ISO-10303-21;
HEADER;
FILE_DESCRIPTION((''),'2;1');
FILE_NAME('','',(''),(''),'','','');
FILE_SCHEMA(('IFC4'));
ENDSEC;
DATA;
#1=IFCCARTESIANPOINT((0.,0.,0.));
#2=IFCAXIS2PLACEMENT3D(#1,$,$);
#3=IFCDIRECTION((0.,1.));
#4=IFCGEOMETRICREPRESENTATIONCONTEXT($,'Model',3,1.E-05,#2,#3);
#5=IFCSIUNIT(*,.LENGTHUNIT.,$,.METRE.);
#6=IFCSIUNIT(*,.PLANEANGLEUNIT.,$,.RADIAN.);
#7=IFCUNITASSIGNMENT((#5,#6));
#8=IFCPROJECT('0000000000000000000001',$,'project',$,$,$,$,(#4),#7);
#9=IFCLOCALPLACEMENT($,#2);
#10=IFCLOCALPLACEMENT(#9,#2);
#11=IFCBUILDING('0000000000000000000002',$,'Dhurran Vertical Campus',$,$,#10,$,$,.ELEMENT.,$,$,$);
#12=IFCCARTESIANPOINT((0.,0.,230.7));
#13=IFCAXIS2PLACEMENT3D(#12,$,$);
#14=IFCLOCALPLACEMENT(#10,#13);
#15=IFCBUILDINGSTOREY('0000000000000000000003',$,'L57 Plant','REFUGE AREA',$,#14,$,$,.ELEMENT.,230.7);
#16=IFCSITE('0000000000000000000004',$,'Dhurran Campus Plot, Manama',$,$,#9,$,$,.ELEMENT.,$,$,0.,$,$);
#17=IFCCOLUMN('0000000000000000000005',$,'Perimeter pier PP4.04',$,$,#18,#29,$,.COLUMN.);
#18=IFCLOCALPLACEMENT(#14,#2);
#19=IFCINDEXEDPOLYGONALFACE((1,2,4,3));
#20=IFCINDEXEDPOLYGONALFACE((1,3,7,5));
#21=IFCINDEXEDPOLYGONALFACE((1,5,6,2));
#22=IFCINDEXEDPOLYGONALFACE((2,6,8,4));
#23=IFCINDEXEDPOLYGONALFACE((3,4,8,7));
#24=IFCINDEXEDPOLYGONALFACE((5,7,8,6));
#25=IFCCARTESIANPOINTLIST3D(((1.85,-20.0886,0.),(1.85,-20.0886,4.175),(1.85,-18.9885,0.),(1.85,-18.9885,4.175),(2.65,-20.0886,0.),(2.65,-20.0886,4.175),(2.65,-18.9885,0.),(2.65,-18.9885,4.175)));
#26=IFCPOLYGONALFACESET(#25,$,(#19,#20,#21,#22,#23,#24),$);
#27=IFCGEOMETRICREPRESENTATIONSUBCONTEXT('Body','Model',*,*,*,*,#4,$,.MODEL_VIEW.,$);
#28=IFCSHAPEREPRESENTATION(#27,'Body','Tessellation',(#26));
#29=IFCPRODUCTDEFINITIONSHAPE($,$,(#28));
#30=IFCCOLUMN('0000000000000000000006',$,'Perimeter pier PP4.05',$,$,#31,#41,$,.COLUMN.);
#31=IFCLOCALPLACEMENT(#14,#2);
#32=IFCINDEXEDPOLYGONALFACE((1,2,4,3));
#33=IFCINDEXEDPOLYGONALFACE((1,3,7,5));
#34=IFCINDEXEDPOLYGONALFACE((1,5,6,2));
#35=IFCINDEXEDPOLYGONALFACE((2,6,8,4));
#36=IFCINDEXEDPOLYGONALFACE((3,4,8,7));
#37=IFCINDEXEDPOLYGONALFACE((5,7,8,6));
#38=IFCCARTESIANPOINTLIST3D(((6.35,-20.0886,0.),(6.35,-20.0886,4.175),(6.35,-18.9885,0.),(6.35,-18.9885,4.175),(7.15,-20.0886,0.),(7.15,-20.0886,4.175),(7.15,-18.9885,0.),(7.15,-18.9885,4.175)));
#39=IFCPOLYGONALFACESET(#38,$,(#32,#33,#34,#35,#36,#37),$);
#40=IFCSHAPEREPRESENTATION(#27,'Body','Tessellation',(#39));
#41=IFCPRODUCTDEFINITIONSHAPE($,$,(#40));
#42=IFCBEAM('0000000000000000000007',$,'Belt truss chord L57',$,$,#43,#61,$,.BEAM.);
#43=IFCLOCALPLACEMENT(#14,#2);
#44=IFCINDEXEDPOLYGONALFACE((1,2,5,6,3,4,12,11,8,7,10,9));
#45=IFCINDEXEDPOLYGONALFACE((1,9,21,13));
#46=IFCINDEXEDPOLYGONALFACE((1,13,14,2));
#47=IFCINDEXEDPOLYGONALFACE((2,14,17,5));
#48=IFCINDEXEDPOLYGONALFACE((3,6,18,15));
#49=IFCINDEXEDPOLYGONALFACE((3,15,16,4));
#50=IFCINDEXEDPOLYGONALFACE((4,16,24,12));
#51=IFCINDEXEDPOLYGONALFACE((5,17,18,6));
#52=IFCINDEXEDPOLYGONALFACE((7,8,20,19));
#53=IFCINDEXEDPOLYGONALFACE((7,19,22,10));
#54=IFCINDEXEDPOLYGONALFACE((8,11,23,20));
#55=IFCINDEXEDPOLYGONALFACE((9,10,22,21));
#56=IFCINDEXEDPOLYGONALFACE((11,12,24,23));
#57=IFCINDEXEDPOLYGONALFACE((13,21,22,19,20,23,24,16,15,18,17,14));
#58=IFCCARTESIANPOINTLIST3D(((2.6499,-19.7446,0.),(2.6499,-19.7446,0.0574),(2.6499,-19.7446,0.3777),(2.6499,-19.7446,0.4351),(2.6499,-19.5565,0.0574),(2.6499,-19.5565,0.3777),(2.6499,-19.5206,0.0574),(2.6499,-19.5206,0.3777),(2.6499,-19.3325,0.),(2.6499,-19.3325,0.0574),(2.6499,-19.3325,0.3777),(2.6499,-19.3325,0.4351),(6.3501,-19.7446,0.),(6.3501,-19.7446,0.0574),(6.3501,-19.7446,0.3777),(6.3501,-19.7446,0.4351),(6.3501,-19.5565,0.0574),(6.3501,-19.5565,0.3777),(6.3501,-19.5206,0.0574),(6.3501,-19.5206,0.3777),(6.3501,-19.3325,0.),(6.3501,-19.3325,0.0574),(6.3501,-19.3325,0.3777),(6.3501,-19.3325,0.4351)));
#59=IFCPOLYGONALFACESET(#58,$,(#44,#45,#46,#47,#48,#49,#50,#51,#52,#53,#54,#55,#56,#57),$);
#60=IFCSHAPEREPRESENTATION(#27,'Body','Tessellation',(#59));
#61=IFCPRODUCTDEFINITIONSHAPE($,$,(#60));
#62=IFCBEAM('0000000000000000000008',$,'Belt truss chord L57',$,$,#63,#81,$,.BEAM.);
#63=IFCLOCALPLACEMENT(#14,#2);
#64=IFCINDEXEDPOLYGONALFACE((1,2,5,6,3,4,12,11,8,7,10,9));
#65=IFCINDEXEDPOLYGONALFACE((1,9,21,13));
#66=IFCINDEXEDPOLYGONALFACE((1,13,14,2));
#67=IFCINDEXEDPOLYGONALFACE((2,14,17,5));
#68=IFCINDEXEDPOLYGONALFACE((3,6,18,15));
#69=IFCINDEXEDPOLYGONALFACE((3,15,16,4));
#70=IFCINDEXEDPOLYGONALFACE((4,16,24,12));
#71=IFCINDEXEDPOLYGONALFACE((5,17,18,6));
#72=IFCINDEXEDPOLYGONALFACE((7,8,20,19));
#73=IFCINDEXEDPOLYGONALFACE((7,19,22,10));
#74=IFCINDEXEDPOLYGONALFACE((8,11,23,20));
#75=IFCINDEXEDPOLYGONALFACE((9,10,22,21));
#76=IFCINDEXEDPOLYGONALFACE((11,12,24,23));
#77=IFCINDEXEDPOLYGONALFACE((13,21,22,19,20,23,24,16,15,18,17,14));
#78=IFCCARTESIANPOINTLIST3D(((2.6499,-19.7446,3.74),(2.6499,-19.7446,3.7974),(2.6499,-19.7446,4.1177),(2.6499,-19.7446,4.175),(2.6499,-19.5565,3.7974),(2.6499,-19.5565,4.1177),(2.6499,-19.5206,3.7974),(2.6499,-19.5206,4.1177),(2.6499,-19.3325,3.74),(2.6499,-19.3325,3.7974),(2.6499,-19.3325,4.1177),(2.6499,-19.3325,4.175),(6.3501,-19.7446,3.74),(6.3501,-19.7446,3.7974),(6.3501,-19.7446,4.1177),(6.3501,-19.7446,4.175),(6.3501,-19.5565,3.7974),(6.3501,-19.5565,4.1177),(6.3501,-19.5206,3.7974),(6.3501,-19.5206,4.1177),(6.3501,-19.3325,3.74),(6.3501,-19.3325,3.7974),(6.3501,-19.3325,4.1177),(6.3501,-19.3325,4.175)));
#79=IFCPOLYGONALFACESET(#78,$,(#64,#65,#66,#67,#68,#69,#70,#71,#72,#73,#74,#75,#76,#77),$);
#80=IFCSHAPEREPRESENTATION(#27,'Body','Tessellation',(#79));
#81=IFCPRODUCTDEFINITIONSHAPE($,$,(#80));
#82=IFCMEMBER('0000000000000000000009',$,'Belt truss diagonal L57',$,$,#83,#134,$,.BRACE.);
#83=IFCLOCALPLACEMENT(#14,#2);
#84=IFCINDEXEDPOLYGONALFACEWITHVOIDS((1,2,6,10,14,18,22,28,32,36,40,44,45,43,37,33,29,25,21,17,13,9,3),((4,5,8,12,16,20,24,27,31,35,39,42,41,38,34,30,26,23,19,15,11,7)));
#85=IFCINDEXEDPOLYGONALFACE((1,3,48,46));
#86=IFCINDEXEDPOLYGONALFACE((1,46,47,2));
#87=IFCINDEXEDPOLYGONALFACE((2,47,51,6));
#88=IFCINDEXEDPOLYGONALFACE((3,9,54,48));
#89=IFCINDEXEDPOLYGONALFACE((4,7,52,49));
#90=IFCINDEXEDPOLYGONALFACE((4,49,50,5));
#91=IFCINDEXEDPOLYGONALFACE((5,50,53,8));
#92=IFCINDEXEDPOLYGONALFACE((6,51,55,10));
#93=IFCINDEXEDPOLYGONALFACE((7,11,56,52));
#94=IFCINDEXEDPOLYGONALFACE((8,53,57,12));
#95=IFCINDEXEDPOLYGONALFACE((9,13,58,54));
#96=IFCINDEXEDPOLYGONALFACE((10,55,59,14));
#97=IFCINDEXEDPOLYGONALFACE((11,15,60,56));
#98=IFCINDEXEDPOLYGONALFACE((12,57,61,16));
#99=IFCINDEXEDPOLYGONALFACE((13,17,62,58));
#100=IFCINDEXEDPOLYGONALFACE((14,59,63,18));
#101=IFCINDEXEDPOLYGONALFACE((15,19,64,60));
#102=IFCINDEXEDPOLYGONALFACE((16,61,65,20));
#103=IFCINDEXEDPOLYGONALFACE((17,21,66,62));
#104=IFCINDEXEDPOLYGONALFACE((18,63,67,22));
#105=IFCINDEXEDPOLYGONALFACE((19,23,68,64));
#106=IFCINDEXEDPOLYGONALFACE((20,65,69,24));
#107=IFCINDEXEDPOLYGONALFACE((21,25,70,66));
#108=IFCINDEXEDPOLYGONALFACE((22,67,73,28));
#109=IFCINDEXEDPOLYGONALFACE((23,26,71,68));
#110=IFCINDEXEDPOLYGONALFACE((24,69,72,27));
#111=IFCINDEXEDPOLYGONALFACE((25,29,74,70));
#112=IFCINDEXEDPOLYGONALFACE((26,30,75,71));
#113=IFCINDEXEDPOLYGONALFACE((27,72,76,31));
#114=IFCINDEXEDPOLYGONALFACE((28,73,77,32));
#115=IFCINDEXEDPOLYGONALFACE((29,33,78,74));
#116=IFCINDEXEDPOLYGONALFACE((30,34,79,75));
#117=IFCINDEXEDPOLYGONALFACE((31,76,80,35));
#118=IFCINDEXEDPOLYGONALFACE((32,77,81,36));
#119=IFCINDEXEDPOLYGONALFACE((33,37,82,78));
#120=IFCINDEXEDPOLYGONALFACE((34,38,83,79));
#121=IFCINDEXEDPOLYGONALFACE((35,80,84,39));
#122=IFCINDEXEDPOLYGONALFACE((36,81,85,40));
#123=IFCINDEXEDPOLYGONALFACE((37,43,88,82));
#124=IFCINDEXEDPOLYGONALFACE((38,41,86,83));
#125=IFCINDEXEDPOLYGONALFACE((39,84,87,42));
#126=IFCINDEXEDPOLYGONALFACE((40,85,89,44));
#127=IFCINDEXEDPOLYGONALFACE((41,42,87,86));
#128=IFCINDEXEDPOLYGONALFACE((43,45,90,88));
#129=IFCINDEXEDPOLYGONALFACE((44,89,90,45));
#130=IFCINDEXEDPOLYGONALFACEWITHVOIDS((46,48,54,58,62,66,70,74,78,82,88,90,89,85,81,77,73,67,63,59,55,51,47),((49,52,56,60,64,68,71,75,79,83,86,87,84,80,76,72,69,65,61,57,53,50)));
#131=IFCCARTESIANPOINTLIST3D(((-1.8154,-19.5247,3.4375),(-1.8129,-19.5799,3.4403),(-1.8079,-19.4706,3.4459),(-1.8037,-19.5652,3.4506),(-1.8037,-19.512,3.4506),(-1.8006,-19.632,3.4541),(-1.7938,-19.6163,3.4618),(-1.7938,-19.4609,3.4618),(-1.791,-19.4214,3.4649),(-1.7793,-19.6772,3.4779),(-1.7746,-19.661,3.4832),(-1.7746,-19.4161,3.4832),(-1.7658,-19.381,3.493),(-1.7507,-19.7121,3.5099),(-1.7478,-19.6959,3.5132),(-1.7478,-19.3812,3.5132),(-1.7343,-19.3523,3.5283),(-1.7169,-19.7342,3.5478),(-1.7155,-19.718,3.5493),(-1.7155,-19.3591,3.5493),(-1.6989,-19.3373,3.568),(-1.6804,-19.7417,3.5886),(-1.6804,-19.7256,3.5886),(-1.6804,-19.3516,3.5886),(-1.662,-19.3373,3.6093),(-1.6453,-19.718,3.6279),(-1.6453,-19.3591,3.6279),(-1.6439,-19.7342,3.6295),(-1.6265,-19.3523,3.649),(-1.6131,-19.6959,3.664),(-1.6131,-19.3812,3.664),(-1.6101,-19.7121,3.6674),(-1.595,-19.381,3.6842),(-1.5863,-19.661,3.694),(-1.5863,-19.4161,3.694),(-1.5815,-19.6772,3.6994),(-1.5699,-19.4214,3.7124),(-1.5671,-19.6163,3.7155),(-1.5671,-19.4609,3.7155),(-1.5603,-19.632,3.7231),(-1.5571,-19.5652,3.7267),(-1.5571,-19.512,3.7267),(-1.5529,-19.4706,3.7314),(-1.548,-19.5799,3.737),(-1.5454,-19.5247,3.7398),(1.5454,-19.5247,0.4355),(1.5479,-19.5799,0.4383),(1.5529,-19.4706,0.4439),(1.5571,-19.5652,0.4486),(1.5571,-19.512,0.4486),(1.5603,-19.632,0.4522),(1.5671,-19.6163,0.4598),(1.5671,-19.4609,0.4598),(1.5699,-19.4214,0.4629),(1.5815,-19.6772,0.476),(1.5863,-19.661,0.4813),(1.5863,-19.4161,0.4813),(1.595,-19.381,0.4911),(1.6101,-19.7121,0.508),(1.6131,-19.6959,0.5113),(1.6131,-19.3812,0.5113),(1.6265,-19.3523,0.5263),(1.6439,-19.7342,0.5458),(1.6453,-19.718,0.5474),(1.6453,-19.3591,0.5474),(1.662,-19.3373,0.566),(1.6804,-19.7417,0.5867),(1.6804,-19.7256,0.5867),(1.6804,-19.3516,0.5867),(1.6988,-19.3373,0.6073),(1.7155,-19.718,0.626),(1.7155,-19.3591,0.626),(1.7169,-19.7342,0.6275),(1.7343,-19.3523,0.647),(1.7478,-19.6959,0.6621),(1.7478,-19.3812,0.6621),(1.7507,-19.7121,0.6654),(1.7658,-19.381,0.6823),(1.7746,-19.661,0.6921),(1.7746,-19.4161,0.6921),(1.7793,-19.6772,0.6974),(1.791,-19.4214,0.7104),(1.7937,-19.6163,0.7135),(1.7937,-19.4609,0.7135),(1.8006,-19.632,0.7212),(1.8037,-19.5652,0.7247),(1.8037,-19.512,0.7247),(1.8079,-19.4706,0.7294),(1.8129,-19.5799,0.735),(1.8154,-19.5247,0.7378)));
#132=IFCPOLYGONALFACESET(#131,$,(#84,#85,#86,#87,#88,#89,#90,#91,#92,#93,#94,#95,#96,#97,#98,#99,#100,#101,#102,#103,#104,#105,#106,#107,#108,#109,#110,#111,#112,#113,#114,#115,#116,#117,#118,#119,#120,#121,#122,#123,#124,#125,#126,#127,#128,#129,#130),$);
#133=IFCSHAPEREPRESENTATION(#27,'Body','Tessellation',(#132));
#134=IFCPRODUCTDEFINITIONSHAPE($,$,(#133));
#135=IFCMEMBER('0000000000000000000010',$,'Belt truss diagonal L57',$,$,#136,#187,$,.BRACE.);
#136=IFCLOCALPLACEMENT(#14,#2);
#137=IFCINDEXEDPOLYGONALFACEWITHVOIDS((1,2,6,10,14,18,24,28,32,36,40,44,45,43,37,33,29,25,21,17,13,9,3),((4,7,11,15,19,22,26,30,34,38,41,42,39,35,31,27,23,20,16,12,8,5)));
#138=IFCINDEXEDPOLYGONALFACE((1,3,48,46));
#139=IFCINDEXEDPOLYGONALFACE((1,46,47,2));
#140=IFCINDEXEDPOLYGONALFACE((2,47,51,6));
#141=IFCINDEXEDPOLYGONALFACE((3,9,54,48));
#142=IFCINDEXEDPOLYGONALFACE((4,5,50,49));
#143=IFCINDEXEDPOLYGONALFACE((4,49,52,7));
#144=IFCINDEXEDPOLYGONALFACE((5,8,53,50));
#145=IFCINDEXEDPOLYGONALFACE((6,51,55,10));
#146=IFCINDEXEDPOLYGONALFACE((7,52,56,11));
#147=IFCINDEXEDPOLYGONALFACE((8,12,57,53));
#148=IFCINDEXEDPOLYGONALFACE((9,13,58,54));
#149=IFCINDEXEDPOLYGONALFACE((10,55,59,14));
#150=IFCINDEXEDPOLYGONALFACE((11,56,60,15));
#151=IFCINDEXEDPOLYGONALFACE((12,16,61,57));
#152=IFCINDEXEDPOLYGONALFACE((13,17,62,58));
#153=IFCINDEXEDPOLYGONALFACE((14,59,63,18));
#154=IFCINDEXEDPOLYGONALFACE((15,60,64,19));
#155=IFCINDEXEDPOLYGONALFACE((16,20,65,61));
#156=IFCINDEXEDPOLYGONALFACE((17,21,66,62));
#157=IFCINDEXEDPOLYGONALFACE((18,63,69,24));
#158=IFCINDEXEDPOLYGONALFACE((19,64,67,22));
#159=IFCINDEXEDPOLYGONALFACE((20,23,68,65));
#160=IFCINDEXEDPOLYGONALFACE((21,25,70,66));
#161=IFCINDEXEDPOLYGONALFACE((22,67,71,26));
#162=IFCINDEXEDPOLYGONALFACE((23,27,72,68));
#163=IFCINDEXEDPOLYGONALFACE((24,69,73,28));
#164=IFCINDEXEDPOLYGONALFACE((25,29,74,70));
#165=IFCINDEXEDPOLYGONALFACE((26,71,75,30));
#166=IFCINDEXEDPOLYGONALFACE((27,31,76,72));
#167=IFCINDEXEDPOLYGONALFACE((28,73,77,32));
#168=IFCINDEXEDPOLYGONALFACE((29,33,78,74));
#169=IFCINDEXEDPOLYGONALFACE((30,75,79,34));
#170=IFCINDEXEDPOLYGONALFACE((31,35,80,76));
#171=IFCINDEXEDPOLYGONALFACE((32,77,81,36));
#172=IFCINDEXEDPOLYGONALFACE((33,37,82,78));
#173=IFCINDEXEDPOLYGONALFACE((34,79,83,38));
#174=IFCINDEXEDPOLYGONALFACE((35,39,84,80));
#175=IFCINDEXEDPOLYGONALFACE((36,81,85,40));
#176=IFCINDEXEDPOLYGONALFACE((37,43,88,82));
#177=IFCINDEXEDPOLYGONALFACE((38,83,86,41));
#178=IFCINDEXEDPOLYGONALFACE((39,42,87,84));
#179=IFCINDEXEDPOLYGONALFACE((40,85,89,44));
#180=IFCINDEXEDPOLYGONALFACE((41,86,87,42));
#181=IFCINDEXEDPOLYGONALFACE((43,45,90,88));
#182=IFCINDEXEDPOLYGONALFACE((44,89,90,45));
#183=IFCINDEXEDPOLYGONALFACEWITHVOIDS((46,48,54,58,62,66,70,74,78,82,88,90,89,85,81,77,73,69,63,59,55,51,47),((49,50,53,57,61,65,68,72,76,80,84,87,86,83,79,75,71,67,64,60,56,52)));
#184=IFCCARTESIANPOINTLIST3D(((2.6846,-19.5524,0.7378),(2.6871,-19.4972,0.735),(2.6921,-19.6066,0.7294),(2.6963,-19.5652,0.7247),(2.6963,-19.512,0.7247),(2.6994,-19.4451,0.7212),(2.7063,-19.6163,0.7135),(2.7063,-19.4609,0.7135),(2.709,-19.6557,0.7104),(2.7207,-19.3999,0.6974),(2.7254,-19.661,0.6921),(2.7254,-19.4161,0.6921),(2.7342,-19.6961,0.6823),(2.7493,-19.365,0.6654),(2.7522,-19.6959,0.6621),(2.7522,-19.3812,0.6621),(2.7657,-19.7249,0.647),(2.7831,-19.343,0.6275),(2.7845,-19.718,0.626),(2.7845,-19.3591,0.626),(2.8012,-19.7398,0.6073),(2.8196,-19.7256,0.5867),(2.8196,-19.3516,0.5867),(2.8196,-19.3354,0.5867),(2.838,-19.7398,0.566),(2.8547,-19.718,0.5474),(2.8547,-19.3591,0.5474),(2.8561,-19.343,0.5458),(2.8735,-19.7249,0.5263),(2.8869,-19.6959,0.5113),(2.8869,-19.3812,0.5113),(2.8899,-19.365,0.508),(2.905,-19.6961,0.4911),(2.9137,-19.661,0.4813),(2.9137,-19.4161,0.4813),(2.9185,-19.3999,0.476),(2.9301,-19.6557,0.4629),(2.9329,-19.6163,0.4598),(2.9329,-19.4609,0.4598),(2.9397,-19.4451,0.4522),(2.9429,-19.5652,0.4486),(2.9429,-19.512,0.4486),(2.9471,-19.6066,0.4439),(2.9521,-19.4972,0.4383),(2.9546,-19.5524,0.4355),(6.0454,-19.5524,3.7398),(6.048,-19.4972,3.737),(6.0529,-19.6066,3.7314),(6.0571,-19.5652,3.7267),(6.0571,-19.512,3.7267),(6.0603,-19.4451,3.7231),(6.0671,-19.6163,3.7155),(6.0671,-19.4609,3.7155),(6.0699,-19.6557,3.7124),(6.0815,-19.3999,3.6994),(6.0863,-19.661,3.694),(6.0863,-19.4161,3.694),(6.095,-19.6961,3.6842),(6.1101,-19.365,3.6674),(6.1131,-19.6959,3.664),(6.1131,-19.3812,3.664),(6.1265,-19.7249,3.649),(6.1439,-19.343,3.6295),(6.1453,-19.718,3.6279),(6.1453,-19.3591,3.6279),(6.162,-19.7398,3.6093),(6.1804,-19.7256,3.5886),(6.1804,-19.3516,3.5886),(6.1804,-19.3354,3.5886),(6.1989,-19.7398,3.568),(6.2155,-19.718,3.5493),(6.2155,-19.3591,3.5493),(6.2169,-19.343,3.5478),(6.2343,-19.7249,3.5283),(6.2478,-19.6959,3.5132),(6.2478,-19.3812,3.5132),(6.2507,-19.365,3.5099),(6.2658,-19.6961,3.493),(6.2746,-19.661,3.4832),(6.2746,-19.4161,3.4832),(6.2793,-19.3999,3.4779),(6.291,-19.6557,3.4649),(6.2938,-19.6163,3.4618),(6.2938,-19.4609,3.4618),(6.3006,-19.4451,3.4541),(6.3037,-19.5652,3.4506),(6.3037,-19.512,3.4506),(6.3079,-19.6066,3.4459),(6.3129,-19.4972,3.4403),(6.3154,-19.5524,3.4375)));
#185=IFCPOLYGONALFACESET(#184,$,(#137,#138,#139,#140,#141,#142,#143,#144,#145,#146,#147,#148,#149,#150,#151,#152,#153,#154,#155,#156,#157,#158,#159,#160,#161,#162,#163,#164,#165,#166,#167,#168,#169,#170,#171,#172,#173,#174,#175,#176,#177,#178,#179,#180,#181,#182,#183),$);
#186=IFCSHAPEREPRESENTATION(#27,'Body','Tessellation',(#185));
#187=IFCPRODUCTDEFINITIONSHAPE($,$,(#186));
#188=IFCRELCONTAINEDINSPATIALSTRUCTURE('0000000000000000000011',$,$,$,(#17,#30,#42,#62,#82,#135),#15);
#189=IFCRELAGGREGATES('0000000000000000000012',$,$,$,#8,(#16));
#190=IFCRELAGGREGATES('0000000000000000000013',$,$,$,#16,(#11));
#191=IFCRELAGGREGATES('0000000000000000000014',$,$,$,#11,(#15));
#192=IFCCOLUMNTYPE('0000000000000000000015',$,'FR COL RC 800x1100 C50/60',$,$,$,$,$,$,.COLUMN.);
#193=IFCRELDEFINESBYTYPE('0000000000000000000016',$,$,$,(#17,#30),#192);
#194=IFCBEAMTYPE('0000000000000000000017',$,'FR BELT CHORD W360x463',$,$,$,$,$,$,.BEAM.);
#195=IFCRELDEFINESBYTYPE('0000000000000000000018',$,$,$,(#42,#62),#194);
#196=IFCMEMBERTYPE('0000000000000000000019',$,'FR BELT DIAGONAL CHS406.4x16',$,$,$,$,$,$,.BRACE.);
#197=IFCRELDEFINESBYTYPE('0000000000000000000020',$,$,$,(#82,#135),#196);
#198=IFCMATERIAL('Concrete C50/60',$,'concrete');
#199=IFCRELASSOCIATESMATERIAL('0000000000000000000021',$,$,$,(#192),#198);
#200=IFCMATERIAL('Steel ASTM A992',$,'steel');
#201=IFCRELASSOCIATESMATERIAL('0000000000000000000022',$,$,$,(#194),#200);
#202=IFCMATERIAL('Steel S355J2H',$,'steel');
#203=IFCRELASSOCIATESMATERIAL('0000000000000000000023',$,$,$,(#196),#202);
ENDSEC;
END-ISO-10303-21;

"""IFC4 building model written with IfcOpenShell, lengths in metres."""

from ifc_helpers import new_model, si_unit, direction, frame, origin, origin_2d, place, context, subcontext, project, spatial, rectangle, hollow_circle, i_section, extrude, material, material_profile, profile_set, type_object, element, save


model = new_model("IFC4")

# Units and contexts
model_context = context("Model", 3, precision=1e-05, world=origin(), true_north=direction((0.0, 1.0)))
body_context = subcontext(model_context, "Body", "Model", "MODEL_VIEW")
ifc_project = project(units=[si_unit("LENGTHUNIT", "METRE"), si_unit("PLANEANGLEUNIT", "RADIAN")], contexts=[model_context])

# Site, building, storey
site_placement = place(None, origin())
site = spatial("IfcSite", under=ifc_project, at=site_placement, Name="Dhurran Campus Plot, Manama", CompositionType="ELEMENT", RefElevation=0.0)
building_placement = place(site_placement, origin())
building = spatial("IfcBuilding", under=site, at=building_placement, Name="Dhurran Vertical Campus", CompositionType="ELEMENT")
storey_placement = place(building_placement, frame((0.0, 0.0, 230.7)))
storey = spatial("IfcBuildingStorey", under=building, at=storey_placement, Name="L57 Plant", Description="REFUGE AREA", CompositionType="ELEMENT", Elevation=230.7)

# Columns
ifc_material_1 = material(Name="Concrete C50/60", Category="concrete")
ifc_material_profile_1 = material_profile(ifc_material_1, rectangle(XDim=0.8, YDim=1.1001, at=origin_2d()), Name="RC 800x1100")
ifc_profile_set_1 = profile_set([ifc_material_profile_1], Name="Concrete C50/60")
column_type = type_object("IfcColumnType", Name="FR COL RC 800x1100 C50/60", PredefinedType="COLUMN", material=ifc_profile_set_1)
for number, where, z_axis, x_axis, name in (
    (1, (2.25, -19.5386, 0.0), (0.0, 0.0, 1.0), (1.0, 0.0, 0.0), "Perimeter pier PP4.04"),
    (2, (6.75, -19.5386, 0.0), (0.0, 0.0, 1.0), (1.0, 0.0, 0.0), "Perimeter pier PP4.05"),
):
    element("IfcColumn", number, at=place(storey_placement, frame(where, z_axis=z_axis, x_axis=x_axis)), inside=storey, type_object=column_type, Name=name, PredefinedType="COLUMN", context=body_context, shape_type="SweptSolid", body=[
        extrude(rectangle(XDim=0.8, YDim=1.1001, at=origin_2d()), origin(), (0.0, 0.0, 1.0), 4.175),
    ])

# Beams
ifc_material_2 = material(Name="Steel ASTM A992", Category="steel")
ifc_material_profile_2 = material_profile(ifc_material_2, i_section(OverallWidth=0.4121, OverallDepth=0.4351, WebThickness=0.0359, FlangeThickness=0.0574, at=origin_2d()), Name="W360x463")
ifc_profile_set_2 = profile_set([ifc_material_profile_2], Name="Steel ASTM A992")
beam_type = type_object("IfcBeamType", Name="FR BELT CHORD W360x463", PredefinedType="BEAM", material=ifc_profile_set_2)
for number, where, z_axis, x_axis, name in (
    (3, (2.6499, -19.5386, 0.2175), (1.0, 0.0, 0.0), (0.0, 1.0, 0.0), "Belt truss chord L57"),
    (4, (2.6499, -19.5386, 3.9575), (1.0, 0.0, 0.0), (0.0, 1.0, 0.0), "Belt truss chord L57"),
):
    element("IfcBeam", number, at=place(storey_placement, frame(where, z_axis=z_axis, x_axis=x_axis)), inside=storey, type_object=beam_type, Name=name, PredefinedType="BEAM", context=body_context, shape_type="SweptSolid", body=[
        extrude(i_section(OverallWidth=0.4121, OverallDepth=0.4351, WebThickness=0.0359, FlangeThickness=0.0574, at=origin_2d()), origin(), (0.0, 0.0, 1.0), 3.7002),
    ])

# Members
ifc_material_3 = material(Name="Steel S355J2H", Category="steel")
ifc_material_profile_3 = material_profile(ifc_material_3, hollow_circle(Radius=0.2031, WallThickness=0.0161, at=origin_2d()), Name="CHS406.4x16")
ifc_profile_set_3 = profile_set([ifc_material_profile_3], Name="Steel S355J2H")
member_type = type_object("IfcMemberType", Name="FR BELT DIAGONAL CHS406.4x16", PredefinedType="BRACE", material=ifc_profile_set_3)
for number, where, z_axis, x_axis, name in (
    (5, (1.6804, -19.5386, 0.5867), (-0.745805, 0.0, 0.666164), (0.0, -1.0, 0.0), "Belt truss diagonal L57"),
    (6, (2.8196, -19.5386, 0.5867), (0.745805, 0.0, 0.666164), (0.0, 1.0, 0.0), "Belt truss diagonal L57"),
):
    element("IfcMember", number, at=place(storey_placement, frame(where, z_axis=z_axis, x_axis=x_axis)), inside=storey, type_object=member_type, Name=name, PredefinedType="BRACE", context=body_context, shape_type="SweptSolid", body=[
        extrude(hollow_circle(Radius=0.2031, WallThickness=0.0161, at=origin_2d()), origin(), (0.0, 0.0, 1.0), 4.5063),
    ])

save(model, "model.ifc")
